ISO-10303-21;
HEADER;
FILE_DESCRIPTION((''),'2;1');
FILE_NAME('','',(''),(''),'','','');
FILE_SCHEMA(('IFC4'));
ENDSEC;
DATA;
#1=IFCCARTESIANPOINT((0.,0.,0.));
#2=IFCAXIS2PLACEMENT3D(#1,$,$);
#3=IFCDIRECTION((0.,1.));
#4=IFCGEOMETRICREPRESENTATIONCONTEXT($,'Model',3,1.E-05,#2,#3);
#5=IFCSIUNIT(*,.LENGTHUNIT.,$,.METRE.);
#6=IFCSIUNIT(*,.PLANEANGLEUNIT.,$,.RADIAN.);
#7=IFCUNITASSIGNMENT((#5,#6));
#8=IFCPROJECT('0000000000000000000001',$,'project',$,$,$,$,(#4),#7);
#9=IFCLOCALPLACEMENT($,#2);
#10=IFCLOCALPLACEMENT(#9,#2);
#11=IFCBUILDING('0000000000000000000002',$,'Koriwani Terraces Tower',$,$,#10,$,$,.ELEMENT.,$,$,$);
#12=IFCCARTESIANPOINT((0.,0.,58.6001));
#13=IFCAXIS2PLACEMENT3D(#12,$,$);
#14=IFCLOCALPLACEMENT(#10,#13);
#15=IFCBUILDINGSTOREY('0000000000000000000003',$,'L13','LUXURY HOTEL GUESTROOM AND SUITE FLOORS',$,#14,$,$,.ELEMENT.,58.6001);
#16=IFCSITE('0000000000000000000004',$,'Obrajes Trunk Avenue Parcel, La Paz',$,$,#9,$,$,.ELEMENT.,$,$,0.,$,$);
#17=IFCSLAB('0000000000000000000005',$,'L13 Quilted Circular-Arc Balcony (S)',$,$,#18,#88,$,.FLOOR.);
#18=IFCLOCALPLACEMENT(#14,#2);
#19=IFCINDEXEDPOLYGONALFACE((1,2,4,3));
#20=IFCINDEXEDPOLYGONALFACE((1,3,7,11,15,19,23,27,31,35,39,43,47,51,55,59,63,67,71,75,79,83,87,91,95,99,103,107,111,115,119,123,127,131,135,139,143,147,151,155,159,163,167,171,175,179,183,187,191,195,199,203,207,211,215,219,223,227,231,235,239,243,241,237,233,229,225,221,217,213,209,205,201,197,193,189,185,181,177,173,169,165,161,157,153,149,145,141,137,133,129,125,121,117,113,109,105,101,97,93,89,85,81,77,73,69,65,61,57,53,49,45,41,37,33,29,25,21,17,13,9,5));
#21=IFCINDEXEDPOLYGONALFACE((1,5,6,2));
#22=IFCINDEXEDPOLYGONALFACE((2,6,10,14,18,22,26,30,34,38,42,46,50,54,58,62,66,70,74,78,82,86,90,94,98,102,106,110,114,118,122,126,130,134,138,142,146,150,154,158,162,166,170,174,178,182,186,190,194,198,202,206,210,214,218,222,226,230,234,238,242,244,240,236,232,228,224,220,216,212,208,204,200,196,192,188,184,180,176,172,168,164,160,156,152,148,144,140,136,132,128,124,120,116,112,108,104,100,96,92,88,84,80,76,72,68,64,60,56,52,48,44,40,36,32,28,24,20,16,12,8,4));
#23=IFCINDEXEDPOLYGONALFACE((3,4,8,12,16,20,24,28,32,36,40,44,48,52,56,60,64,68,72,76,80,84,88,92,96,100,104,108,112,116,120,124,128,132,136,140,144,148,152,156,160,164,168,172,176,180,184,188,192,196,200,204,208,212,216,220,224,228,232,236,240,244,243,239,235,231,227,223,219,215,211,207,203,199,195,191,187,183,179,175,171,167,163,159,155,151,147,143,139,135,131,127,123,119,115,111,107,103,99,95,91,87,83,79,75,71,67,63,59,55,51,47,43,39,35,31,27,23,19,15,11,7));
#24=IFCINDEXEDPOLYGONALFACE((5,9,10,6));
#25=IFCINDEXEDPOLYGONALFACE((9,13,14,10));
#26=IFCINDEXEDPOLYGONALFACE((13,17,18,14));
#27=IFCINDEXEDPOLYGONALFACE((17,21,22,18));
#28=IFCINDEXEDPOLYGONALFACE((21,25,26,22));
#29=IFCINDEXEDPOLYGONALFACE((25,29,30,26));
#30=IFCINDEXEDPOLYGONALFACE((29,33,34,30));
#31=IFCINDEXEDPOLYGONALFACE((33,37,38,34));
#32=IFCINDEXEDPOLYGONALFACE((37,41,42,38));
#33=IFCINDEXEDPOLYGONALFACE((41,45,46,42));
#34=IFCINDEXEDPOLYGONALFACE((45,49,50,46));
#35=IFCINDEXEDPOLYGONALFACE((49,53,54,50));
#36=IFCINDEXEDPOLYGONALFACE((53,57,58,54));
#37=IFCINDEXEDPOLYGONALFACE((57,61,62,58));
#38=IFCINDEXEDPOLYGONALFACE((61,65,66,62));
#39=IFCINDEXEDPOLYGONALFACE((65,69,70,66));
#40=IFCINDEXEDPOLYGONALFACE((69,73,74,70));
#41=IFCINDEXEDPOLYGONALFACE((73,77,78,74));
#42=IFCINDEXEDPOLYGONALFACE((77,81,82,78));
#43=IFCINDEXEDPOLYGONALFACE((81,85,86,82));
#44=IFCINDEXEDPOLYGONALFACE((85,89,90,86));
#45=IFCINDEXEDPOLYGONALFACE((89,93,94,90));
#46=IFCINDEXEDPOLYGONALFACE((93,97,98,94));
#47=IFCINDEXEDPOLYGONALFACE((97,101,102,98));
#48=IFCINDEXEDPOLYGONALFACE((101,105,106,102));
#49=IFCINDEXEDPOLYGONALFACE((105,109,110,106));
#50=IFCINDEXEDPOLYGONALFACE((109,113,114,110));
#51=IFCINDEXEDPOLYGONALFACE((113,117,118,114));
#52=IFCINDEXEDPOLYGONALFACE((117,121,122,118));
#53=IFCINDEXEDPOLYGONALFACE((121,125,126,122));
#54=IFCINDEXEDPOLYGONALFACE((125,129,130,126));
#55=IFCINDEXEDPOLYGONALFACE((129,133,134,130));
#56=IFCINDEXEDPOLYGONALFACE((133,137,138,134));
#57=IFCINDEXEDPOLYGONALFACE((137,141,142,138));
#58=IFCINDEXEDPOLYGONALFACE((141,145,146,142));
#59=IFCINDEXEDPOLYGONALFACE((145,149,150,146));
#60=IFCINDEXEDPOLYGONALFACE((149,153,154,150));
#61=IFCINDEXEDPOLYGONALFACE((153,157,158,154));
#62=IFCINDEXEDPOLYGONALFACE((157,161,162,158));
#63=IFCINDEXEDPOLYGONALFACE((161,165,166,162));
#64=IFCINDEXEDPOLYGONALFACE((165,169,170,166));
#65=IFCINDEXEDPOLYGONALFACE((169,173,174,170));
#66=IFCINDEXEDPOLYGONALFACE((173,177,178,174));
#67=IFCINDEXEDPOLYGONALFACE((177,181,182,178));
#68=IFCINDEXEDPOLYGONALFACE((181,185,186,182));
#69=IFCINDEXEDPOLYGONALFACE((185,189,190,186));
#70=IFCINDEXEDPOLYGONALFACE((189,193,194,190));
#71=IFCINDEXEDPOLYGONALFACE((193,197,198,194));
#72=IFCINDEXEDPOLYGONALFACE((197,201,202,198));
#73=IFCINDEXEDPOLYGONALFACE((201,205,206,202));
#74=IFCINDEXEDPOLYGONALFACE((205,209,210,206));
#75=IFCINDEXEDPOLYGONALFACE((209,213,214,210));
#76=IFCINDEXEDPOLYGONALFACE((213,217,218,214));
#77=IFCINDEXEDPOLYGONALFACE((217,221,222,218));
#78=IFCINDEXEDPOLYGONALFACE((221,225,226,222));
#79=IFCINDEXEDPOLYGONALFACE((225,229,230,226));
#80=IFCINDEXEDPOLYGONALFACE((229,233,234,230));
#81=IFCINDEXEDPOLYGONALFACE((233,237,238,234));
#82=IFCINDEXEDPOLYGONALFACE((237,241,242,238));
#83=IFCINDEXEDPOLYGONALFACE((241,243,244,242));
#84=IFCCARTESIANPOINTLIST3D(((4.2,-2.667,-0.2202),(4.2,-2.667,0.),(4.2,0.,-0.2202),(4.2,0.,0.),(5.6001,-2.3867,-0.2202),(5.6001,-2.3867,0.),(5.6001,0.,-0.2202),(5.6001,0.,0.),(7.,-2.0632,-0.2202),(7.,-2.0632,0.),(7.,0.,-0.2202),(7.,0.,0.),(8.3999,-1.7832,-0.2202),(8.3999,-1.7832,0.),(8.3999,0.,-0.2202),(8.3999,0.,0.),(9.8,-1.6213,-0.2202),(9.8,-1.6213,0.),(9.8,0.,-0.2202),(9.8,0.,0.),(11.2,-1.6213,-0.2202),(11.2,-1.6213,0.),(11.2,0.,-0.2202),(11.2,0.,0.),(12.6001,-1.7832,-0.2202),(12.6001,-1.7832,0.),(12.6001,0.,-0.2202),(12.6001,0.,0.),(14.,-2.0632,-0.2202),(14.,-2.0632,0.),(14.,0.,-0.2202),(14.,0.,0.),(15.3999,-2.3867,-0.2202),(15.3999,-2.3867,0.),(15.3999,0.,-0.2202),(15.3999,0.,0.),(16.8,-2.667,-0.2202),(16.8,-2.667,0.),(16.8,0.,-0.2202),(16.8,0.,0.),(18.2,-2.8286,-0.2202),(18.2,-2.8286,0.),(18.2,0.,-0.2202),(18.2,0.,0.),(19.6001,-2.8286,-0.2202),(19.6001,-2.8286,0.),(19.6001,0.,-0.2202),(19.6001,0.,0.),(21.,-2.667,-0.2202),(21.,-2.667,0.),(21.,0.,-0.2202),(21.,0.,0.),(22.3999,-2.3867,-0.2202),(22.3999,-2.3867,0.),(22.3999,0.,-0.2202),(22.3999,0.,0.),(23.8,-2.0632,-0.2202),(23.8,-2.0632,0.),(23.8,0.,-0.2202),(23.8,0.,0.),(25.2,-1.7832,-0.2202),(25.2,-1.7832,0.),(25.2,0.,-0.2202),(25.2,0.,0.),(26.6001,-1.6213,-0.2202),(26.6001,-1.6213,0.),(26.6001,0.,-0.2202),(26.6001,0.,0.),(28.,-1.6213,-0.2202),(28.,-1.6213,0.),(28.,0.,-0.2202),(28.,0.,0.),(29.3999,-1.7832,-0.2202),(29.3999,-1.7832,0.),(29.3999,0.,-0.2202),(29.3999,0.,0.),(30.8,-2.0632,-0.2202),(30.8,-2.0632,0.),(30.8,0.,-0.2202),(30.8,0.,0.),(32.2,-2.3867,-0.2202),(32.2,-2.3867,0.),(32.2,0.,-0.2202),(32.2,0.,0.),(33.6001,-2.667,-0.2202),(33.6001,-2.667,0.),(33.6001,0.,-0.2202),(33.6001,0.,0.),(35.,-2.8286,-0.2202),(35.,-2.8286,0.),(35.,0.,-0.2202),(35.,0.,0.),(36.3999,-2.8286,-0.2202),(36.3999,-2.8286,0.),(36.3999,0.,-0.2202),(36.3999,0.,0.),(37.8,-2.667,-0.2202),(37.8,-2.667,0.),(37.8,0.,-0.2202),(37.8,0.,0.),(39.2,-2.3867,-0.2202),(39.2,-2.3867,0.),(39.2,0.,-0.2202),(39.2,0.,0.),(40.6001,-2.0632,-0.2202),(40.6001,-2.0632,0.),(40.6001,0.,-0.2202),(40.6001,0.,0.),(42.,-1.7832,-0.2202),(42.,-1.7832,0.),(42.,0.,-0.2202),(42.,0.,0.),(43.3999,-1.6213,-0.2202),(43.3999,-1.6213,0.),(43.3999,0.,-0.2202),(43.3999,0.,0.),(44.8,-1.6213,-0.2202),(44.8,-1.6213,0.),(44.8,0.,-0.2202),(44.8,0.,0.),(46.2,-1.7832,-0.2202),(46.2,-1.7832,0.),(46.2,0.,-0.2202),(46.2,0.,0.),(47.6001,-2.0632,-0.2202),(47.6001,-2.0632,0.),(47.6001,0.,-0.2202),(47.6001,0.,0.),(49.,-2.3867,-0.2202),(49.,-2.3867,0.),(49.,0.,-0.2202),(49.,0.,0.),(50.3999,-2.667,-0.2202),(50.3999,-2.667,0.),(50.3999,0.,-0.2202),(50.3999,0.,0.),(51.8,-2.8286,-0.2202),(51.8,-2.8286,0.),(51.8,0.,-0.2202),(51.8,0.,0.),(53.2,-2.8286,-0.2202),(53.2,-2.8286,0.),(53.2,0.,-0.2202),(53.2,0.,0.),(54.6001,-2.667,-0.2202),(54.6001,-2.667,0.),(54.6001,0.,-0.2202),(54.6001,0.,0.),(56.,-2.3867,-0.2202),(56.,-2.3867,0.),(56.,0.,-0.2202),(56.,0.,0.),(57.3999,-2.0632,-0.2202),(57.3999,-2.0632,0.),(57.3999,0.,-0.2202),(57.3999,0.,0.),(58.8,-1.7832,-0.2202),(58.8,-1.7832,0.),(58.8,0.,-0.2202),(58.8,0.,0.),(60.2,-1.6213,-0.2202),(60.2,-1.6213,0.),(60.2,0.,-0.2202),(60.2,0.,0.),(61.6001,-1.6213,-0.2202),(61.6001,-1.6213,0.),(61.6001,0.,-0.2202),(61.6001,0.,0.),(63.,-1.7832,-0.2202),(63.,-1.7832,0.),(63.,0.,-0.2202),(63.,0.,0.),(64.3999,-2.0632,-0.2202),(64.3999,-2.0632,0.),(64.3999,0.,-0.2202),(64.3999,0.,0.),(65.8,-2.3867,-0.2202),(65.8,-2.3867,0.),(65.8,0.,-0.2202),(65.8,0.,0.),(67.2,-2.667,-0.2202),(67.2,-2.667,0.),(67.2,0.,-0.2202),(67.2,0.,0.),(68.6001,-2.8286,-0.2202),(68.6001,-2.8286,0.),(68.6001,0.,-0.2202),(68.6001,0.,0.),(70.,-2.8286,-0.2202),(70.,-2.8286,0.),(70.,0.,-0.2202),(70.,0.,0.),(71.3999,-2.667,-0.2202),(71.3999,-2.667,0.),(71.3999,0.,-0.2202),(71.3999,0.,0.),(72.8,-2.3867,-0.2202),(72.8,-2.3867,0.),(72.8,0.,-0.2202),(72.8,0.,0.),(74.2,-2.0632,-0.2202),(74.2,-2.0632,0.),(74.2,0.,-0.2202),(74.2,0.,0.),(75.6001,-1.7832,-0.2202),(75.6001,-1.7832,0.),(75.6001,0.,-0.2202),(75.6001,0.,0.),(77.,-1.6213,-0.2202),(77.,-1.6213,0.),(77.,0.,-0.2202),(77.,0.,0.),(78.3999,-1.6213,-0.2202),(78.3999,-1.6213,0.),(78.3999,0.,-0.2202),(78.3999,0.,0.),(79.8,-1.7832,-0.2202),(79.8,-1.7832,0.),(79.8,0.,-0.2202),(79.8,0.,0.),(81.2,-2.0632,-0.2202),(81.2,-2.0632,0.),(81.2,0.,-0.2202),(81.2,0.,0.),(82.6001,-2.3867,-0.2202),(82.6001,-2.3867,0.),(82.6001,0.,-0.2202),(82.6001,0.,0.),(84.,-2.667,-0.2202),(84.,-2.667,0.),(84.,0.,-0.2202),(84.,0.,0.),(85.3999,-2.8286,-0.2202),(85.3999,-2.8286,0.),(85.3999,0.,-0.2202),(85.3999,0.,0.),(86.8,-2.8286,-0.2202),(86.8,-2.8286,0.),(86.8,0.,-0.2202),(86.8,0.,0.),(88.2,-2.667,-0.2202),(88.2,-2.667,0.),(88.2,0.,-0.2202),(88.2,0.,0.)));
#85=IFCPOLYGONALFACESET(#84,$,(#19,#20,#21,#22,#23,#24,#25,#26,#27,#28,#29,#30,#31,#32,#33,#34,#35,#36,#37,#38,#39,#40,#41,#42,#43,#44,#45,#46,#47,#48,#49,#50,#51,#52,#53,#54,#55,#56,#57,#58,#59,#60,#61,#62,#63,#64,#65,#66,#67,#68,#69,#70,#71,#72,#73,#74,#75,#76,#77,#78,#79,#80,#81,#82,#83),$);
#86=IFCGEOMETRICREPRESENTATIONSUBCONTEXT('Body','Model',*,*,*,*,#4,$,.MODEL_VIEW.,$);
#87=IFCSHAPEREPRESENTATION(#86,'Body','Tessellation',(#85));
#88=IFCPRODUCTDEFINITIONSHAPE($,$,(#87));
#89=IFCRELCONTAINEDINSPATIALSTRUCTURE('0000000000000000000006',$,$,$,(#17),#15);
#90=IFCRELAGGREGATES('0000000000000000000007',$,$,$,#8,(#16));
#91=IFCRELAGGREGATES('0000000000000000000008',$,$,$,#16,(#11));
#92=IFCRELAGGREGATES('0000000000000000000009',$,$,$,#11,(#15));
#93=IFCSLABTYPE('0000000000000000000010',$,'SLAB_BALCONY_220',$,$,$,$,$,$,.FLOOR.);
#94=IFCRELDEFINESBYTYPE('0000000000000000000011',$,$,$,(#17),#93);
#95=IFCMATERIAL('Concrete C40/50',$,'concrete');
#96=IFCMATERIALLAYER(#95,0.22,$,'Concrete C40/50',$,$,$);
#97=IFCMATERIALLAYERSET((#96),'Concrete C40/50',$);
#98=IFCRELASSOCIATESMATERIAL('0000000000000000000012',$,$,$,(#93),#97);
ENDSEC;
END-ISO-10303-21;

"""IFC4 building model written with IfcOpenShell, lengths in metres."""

from ifc_helpers import new_model, si_unit, direction, frame, origin, place, context, subcontext, project, spatial, polyline, outline, extrude, material, layer, layer_set, type_object, element, save


model = new_model("IFC4")

# Units and contexts
model_context = context("Model", 3, precision=1e-05, world=origin(), true_north=direction((0.0, 1.0)))
body_context = subcontext(model_context, "Body", "Model", "MODEL_VIEW")
ifc_project = project(units=[si_unit("LENGTHUNIT", "METRE"), si_unit("PLANEANGLEUNIT", "RADIAN")], contexts=[model_context])

# Site, building, storey
site_placement = place(None, origin())
site = spatial("IfcSite", under=ifc_project, at=site_placement, Name="Obrajes Trunk Avenue Parcel, La Paz", CompositionType="ELEMENT", RefElevation=0.0)
building_placement = place(site_placement, origin())
building = spatial("IfcBuilding", under=site, at=building_placement, Name="Koriwani Terraces Tower", CompositionType="ELEMENT")
storey_placement = place(building_placement, frame((0.0, 0.0, 58.6001)))
storey = spatial("IfcBuildingStorey", under=building, at=storey_placement, Name="L13", Description="LUXURY HOTEL GUESTROOM AND SUITE FLOORS", CompositionType="ELEMENT", Elevation=58.6001)

# Slab
ifc_material_1 = material(Name="Concrete C40/50", Category="concrete")
ifc_layer_1 = layer(ifc_material_1, 0.22, Name="Concrete C40/50")
ifc_layer_set_1 = layer_set([ifc_layer_1], Name="Concrete C40/50")
slab_type_1 = type_object("IfcSlabType", Name="SLAB_BALCONY_220", PredefinedType="FLOOR", material=ifc_layer_set_1)
slab_1_placement = place(storey_placement, frame((0.0, 0.0, -0.2202)))
element("IfcSlab", 1, at=slab_1_placement, inside=storey, type_object=slab_type_1, Name="L13 Quilted Circular-Arc Balcony (S)", PredefinedType="FLOOR", context=body_context, shape_type="SweptSolid", body=[
    extrude(outline(polyline([(4.2, 0.0), (5.6001, 0.0), (7.0, 0.0), (8.3999, 0.0), (9.8, 0.0), (11.2, 0.0), (12.6001, 0.0), (14.0, 0.0), (15.3999, 0.0), (16.8, 0.0), (18.2, 0.0), (19.6001, 0.0), (21.0, 0.0), (22.3999, 0.0), (23.8, 0.0), (25.2, 0.0), (26.6001, 0.0), (28.0, 0.0), (29.3999, 0.0), (30.8, 0.0), (32.2, 0.0), (33.6001, 0.0), (35.0, 0.0), (36.3999, 0.0), (37.8, 0.0), (39.2, 0.0), (40.6001, 0.0), (42.0, 0.0), (43.3999, 0.0), (44.8, 0.0), (46.2, 0.0), (47.6001, 0.0), (49.0, 0.0), (50.3999, 0.0), (51.8, 0.0), (53.2, 0.0), (54.6001, 0.0), (56.0, 0.0), (57.3999, 0.0), (58.8, 0.0), (60.2, 0.0), (61.6001, 0.0), (63.0, 0.0), (64.3999, 0.0), (65.8, 0.0), (67.2, 0.0), (68.6001, 0.0), (70.0, 0.0), (71.3999, 0.0), (72.8, 0.0), (74.2, 0.0), (75.6001, 0.0), (77.0, 0.0), (78.3999, 0.0), (79.8, 0.0), (81.2, 0.0), (82.6001, 0.0), (84.0, 0.0), (85.3999, 0.0), (86.8, 0.0), (88.2, 0.0), (88.2, -2.667), (86.8, -2.8286), (85.3999, -2.8286), (84.0, -2.667), (82.6001, -2.3867), (81.2, -2.0632), (79.8, -1.7832), (78.3999, -1.6213), (77.0, -1.6213), (75.6001, -1.7832), (74.2, -2.0632), (72.8, -2.3867), (71.3999, -2.667), (70.0, -2.8286), (68.6001, -2.8286), (67.2, -2.667), (65.8, -2.3867), (64.3999, -2.0632), (63.0, -1.7832), (61.6001, -1.6213), (60.2, -1.6213), (58.8, -1.7832), (57.3999, -2.0632), (56.0, -2.3867), (54.6001, -2.667), (53.2, -2.8286), (51.8, -2.8286), (50.3999, -2.667), (49.0, -2.3867), (47.6001, -2.0632), (46.2, -1.7832), (44.8, -1.6213), (43.3999, -1.6213), (42.0, -1.7832), (40.6001, -2.0632), (39.2, -2.3867), (37.8, -2.667), (36.3999, -2.8286), (35.0, -2.8286), (33.6001, -2.667), (32.2, -2.3867), (30.8, -2.0632), (29.3999, -1.7832), (28.0, -1.6213), (26.6001, -1.6213), (25.2, -1.7832), (23.8, -2.0632), (22.3999, -2.3867), (21.0, -2.667), (19.6001, -2.8286), (18.2, -2.8286), (16.8, -2.667), (15.3999, -2.3867), (14.0, -2.0632), (12.6001, -1.7832), (11.2, -1.6213), (9.8, -1.6213), (8.3999, -1.7832), (7.0, -2.0632), (5.6001, -2.3867), (4.2, -2.667), (4.2, 0.0)])), origin(), (0.0, 0.0, 1.0), 0.2202),
])

save(model, "model.ifc")
